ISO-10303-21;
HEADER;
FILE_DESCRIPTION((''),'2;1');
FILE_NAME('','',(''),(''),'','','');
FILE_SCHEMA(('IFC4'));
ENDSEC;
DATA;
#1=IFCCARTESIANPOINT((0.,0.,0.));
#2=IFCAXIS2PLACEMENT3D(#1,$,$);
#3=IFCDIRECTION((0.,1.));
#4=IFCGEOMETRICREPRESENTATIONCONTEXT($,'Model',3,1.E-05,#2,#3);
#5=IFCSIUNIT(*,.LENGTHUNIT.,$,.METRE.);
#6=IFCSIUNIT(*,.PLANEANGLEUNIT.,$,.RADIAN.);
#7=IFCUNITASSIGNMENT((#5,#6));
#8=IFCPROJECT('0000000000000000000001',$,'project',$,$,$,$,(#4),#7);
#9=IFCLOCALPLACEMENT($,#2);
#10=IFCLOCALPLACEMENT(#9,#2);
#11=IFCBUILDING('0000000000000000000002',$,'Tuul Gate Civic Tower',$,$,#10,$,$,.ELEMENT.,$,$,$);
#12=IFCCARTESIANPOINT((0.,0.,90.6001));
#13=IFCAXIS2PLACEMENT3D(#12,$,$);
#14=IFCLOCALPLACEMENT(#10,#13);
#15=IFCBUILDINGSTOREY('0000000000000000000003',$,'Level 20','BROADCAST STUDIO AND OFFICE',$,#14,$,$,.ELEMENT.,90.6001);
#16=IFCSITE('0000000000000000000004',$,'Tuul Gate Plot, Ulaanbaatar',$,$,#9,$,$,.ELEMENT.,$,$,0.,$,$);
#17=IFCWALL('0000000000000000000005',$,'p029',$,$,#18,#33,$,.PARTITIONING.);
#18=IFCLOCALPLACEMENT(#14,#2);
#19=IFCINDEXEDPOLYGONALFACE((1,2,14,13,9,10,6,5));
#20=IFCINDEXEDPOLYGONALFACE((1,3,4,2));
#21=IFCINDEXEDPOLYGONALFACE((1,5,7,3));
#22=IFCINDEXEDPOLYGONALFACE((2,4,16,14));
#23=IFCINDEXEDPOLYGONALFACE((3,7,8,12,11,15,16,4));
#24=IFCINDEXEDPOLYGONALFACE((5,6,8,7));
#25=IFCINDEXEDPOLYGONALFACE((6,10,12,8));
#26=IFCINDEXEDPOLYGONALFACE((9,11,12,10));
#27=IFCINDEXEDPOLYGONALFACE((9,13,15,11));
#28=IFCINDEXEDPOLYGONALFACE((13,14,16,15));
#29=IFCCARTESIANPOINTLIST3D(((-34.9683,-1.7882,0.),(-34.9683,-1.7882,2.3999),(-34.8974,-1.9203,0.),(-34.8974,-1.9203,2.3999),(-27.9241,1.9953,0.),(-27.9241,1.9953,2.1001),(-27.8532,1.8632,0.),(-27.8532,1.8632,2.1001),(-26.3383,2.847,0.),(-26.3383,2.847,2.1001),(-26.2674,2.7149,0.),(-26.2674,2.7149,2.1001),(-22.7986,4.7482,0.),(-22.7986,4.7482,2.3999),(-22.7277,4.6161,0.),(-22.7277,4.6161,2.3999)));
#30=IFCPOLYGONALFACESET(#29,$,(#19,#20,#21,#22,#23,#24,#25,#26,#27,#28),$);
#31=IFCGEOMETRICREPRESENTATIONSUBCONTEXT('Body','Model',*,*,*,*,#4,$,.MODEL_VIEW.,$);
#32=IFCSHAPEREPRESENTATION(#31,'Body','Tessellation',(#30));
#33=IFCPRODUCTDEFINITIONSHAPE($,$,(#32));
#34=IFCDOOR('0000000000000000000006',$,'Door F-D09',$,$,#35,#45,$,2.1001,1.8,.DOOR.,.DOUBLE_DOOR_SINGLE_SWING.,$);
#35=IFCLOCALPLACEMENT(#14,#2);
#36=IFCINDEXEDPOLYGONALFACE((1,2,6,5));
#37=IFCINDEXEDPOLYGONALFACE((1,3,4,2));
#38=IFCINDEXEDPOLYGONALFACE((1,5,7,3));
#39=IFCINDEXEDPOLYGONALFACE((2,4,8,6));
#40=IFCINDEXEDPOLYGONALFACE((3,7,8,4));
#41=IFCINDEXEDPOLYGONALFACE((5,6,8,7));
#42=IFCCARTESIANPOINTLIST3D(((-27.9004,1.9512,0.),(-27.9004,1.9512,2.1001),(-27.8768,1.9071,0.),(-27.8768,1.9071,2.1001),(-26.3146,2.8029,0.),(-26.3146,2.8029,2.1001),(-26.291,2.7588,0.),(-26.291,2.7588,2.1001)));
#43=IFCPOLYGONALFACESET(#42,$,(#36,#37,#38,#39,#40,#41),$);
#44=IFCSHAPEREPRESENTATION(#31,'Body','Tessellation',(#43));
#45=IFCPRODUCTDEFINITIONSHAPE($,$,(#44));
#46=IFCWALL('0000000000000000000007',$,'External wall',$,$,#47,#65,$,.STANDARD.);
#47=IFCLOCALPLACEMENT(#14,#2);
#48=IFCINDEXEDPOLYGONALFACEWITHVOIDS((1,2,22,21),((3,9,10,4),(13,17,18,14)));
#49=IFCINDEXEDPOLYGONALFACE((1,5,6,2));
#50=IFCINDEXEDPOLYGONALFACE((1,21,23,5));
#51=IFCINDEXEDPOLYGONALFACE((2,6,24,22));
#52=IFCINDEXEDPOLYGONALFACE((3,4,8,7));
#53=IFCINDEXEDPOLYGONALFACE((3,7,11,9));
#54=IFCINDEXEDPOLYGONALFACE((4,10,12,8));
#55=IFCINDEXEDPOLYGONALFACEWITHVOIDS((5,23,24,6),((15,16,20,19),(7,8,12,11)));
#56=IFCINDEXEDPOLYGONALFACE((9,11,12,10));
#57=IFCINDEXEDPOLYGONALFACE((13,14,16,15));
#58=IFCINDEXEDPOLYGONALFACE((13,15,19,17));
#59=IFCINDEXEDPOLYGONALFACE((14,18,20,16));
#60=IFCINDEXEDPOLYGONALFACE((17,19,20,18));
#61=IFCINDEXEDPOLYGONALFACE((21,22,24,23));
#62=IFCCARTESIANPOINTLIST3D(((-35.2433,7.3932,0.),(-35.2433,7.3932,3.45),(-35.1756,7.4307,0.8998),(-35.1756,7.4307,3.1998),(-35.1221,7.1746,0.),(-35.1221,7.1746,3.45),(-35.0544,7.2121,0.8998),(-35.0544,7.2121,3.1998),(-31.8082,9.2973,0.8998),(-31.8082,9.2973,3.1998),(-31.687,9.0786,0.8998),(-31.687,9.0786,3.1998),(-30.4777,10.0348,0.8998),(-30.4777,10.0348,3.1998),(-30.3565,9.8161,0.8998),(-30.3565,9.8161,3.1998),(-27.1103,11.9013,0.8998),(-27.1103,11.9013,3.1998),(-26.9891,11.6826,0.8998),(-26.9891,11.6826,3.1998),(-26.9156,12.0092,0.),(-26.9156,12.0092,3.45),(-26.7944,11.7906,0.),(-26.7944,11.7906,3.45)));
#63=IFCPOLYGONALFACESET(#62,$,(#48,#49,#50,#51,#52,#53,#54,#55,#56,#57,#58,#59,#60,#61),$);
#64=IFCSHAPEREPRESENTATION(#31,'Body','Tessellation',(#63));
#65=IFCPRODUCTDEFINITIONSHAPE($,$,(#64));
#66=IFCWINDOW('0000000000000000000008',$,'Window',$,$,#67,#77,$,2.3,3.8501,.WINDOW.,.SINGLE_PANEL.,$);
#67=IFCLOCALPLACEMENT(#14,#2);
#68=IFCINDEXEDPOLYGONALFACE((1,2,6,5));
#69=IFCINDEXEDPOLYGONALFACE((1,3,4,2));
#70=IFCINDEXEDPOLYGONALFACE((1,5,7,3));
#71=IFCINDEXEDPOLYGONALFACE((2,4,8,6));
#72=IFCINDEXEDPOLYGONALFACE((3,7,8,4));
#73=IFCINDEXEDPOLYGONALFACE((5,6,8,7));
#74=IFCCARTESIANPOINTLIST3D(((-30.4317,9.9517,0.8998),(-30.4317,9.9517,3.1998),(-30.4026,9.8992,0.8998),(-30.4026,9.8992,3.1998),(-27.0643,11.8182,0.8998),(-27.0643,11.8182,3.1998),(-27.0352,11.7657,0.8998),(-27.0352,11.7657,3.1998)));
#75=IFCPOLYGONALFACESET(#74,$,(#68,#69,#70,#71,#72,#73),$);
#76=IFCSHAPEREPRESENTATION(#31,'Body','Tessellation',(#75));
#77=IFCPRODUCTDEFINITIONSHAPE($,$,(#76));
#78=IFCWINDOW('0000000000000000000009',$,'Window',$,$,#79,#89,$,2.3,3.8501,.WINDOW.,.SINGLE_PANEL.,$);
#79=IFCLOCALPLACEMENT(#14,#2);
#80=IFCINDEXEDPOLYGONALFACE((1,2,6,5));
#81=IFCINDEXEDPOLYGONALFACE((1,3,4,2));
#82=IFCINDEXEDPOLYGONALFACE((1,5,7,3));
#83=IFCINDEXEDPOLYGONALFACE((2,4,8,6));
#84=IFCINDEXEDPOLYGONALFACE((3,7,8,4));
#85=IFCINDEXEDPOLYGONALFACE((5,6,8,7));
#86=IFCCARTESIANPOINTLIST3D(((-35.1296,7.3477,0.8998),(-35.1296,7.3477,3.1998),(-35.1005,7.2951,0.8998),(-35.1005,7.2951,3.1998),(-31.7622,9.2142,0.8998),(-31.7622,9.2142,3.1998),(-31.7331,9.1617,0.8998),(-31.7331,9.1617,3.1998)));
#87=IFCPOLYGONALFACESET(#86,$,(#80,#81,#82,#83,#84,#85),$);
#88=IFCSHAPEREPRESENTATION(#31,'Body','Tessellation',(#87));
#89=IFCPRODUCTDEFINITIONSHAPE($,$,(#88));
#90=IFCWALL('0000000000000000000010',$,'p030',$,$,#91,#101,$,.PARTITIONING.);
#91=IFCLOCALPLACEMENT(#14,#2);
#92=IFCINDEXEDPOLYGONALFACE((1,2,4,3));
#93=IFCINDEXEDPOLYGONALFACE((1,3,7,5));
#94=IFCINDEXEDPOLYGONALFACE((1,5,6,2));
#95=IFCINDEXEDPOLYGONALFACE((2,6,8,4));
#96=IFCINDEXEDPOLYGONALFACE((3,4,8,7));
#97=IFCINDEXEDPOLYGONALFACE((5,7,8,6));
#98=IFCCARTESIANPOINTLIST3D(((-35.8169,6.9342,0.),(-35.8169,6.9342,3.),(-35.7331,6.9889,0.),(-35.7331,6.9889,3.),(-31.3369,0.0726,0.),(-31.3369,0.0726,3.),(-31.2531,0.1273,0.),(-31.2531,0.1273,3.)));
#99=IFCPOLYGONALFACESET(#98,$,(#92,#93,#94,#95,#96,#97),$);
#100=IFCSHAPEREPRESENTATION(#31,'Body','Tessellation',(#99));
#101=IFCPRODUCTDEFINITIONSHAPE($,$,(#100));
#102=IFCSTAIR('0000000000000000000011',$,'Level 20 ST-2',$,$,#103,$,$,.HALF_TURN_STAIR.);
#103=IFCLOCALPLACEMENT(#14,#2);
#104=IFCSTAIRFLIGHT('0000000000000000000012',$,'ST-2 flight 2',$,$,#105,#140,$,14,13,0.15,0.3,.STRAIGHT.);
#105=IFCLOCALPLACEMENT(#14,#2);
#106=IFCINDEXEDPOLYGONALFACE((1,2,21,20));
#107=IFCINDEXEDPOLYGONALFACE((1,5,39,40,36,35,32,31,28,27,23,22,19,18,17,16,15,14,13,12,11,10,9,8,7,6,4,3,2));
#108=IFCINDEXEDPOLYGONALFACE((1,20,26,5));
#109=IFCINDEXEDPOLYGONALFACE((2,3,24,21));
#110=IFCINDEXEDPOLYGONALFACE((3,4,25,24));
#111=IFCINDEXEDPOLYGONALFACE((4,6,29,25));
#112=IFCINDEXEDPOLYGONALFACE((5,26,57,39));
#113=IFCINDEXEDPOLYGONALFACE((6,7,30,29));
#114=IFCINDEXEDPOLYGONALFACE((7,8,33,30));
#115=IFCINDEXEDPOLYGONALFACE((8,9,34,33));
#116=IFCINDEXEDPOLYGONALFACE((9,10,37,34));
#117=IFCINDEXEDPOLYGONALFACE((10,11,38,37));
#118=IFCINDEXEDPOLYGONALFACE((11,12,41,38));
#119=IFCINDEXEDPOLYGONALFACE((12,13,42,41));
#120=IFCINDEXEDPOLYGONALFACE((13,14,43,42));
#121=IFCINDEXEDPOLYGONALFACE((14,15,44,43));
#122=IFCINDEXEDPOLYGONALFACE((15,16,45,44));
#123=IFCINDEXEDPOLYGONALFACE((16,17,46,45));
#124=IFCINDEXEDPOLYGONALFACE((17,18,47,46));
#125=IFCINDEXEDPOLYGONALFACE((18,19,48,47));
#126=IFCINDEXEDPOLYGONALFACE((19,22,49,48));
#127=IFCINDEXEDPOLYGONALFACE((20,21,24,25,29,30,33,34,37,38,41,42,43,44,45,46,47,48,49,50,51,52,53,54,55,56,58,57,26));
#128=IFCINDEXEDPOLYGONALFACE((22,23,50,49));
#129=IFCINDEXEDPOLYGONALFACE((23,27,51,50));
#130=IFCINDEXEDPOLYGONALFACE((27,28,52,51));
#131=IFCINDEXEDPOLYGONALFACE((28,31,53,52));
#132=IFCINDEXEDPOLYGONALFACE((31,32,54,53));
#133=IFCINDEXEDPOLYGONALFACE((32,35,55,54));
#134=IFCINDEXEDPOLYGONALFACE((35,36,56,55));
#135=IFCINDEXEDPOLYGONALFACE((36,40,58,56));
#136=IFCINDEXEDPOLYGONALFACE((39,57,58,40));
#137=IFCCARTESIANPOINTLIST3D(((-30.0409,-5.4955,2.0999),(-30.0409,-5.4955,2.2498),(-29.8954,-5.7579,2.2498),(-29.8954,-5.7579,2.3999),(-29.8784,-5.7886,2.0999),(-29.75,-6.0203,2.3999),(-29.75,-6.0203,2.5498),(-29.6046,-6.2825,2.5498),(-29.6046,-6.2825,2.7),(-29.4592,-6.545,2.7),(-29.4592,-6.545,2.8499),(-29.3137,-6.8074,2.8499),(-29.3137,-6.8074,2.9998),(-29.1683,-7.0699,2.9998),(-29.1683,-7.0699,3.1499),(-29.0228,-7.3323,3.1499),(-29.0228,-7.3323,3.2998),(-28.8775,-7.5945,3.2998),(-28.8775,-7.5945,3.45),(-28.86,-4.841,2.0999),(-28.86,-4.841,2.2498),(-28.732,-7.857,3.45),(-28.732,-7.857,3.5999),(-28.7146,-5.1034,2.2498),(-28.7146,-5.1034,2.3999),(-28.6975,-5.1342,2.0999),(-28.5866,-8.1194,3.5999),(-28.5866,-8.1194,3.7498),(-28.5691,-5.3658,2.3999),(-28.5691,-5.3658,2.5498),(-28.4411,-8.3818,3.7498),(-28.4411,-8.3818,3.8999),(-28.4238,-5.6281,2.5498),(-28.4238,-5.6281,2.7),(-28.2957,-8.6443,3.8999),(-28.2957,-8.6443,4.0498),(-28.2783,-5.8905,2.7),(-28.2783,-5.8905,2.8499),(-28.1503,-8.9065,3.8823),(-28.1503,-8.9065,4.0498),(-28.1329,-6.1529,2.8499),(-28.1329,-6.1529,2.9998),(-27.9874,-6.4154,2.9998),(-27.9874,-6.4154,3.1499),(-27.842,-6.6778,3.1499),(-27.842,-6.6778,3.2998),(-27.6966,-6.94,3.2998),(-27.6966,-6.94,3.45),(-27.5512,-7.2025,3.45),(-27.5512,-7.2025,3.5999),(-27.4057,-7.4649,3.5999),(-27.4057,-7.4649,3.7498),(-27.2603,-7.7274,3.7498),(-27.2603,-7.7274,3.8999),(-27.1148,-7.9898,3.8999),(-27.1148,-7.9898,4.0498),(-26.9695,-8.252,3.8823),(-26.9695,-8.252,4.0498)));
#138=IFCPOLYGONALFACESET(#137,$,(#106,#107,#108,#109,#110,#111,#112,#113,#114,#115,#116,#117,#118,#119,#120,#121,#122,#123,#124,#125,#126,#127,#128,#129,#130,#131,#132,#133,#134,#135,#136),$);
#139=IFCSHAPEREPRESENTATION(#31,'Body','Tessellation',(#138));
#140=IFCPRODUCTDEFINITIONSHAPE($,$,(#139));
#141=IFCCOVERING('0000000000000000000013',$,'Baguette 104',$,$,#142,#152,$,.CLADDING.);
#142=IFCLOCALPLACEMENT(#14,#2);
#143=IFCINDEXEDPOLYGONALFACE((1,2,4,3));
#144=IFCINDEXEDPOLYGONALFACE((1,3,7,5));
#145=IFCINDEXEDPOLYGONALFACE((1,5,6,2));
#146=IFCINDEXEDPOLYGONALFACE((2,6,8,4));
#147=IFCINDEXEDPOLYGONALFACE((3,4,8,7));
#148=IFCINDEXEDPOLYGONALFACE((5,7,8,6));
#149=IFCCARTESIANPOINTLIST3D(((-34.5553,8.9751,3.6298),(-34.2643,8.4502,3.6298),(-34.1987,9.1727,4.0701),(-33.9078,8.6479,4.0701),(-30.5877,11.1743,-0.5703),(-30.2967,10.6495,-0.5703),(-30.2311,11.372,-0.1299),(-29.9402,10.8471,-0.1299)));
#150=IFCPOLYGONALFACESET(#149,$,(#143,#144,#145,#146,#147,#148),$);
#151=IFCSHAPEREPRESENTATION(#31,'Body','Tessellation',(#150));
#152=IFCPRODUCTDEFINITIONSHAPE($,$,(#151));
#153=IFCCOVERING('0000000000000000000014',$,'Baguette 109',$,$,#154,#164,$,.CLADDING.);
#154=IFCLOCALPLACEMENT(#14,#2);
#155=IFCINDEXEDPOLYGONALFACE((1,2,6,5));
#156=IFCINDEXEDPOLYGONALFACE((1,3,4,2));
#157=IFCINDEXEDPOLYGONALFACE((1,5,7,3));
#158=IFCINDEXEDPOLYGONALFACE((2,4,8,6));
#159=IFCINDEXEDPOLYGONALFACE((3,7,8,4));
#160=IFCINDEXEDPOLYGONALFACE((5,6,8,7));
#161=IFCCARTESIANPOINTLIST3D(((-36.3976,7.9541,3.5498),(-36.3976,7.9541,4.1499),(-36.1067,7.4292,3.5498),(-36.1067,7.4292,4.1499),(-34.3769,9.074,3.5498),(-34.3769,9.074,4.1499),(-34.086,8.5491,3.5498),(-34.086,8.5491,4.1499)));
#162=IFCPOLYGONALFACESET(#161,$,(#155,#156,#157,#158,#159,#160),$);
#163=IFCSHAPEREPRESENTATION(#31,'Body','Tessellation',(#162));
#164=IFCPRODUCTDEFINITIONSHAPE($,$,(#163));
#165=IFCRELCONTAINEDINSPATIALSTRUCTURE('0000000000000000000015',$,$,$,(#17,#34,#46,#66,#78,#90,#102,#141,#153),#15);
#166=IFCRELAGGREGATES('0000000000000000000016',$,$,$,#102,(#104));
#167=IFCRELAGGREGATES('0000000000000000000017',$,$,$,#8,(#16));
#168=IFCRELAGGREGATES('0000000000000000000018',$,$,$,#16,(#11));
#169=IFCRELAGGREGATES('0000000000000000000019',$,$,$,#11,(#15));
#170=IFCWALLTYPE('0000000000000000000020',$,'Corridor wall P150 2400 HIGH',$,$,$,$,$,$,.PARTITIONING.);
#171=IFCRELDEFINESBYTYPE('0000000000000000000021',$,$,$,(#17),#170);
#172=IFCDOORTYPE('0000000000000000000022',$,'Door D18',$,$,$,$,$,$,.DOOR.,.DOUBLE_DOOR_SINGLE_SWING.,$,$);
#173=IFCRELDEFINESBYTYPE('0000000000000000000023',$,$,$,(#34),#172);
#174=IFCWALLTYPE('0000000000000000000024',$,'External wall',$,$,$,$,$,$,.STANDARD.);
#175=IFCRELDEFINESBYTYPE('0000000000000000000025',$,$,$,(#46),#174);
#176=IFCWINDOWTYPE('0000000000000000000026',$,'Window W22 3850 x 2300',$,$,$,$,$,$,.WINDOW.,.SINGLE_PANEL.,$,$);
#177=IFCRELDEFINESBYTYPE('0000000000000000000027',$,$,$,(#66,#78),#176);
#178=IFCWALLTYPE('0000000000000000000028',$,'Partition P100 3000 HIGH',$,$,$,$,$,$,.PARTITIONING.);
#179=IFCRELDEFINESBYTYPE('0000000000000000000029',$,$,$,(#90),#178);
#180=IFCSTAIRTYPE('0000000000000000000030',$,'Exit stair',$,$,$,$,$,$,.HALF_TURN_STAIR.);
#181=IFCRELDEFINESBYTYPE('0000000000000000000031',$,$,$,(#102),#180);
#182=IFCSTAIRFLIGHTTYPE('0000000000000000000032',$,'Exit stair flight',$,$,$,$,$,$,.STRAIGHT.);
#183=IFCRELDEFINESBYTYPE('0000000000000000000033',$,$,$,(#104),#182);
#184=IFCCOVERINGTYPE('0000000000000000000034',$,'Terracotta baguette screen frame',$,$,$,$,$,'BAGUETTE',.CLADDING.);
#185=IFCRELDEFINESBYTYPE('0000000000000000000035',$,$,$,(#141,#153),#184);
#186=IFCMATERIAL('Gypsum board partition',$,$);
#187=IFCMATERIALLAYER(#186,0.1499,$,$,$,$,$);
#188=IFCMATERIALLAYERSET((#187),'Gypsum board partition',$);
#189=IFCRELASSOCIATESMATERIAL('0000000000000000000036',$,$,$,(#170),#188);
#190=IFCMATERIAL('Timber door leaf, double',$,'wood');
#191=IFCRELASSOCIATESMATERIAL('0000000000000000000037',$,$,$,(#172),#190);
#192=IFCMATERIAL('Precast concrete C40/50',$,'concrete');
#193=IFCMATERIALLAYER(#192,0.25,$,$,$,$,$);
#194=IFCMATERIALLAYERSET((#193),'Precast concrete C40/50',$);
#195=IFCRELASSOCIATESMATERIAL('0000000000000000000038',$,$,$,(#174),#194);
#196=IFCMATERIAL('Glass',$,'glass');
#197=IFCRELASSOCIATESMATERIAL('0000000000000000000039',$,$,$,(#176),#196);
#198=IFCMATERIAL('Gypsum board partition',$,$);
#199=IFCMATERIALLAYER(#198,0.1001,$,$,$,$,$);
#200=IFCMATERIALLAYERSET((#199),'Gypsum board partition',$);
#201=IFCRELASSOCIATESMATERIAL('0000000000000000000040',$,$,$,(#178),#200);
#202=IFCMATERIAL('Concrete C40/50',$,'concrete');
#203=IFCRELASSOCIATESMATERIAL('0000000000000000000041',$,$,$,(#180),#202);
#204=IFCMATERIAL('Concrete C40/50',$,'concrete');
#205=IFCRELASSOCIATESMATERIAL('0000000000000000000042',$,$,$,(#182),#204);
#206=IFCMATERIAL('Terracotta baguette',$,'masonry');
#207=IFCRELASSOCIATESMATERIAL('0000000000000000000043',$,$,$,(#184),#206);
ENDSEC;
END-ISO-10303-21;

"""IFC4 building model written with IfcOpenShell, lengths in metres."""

from ifc_helpers import new_model, si_unit, direction, frame, frame_2d, origin, origin_2d, place, context, subcontext, project, spatial, polyline, rectangle, outline, extrude, material, layer, layer_set, material_profile, profile_set, type_object, element, fill, aggregate, save


model = new_model("IFC4")

# Units and contexts
model_context = context("Model", 3, precision=1e-05, world=origin(), true_north=direction((0.0, 1.0)))
body_context = subcontext(model_context, "Body", "Model", "MODEL_VIEW")
ifc_project = project(units=[si_unit("LENGTHUNIT", "METRE"), si_unit("PLANEANGLEUNIT", "RADIAN")], contexts=[model_context])

# Site, building, storey
site_placement = place(None, origin())
site = spatial("IfcSite", under=ifc_project, at=site_placement, Name="Tuul Gate Plot, Ulaanbaatar", CompositionType="ELEMENT", RefElevation=0.0)
building_placement = place(site_placement, origin())
building = spatial("IfcBuilding", under=site, at=building_placement, Name="Tuul Gate Civic Tower", CompositionType="ELEMENT")
storey_placement = place(building_placement, frame((0.0, 0.0, 90.6001)))
storey = spatial("IfcBuildingStorey", under=building, at=storey_placement, Name="Level 20", Description="BROADCAST STUDIO AND OFFICE", CompositionType="ELEMENT", Elevation=90.6001)

# Wall, opening, door
ifc_material_1 = material(Name="Gypsum board partition")
ifc_layer_1 = layer(ifc_material_1, 0.1499)
ifc_layer_set_1 = layer_set([ifc_layer_1], Name="Gypsum board partition")
wall_type_1 = type_object("IfcWallType", Name="Corridor wall P150 2400 HIGH", PredefinedType="PARTITIONING", material=ifc_layer_set_1)
wall_1_placement = place(storey_placement, frame((-34.9329, -1.8542, 0.0), z_axis=(0.0, 0.0, 1.0), x_axis=(0.88097, 0.473172, 0.0)))
wall_1 = element("IfcWall", 1, at=wall_1_placement, inside=storey, type_object=wall_type_1, Name="p029", PredefinedType="PARTITIONING", context=body_context, shape_type="SweptSolid", body=[
    extrude(rectangle(XDim=13.814, YDim=0.1499, at=frame_2d((6.907, 0.0))), origin(), (0.0, 0.0, 1.0), 2.3999),
])
opening_1_placement = place(wall_1_placement, frame((7.9961, 0.0, 0.0)))
opening_1 = element("IfcOpeningElement", 2, at=opening_1_placement, cuts=wall_1, PredefinedType="OPENING", context=body_context, shape_type="SweptSolid", body=[
    extrude(rectangle(XDim=1.8, YDim=2.1001, at=frame_2d((0.8999, 1.05))), frame((0.0, 0.085, 0.0), z_axis=(0.0, -1.0, 0.0), x_axis=(1.0, 0.0, 0.0)), (0.0, 0.0, 1.0), 0.1699),
])
ifc_material_2 = material(Name="Timber door leaf, double", Category="wood")
door_type_1 = type_object("IfcDoorType", Name="Door D18", OperationType="DOUBLE_DOOR_SINGLE_SWING", PredefinedType="DOOR", material=ifc_material_2)
door_1_placement = place(opening_1_placement, origin())
door_1 = element("IfcDoor", 3, at=door_1_placement, inside=storey, type_object=door_type_1, Name="Door F-D09", OperationType="DOUBLE_DOOR_SINGLE_SWING", OverallHeight=2.1001, OverallWidth=1.8, PredefinedType="DOOR", context=body_context, shape_type="SweptSolid", body=[
    extrude(rectangle(XDim=1.8, YDim=2.1001, at=frame_2d((0.8999, 1.05))), frame((0.0, 0.0249, 0.0), z_axis=(0.0, -1.0, 0.0), x_axis=(1.0, 0.0, 0.0)), (0.0, 0.0, 1.0), 0.05),
])
fill(opening_1, door_1)

# Wall, openings, windows
ifc_material_3 = material(Name="Precast concrete C40/50", Category="concrete")
ifc_layer_2 = layer(ifc_material_3, 0.25)
ifc_layer_set_2 = layer_set([ifc_layer_2], Name="Precast concrete C40/50")
wall_type_2 = type_object("IfcWallType", Name="External wall", PredefinedType="STANDARD", material=ifc_layer_set_2)
wall_2_placement = place(storey_placement, frame((-26.855, 11.8999, 0.0), z_axis=(0.0, 0.0, 1.0), x_axis=(-0.874625, -0.4848, 0.0)))
wall_2 = element("IfcWall", 4, at=wall_2_placement, inside=storey, type_object=wall_type_2, Name="External wall", PredefinedType="STANDARD", context=body_context, shape_type="SweptSolid", body=[
    extrude(rectangle(XDim=9.5215, YDim=0.25, at=frame_2d((4.7607, 0.0))), origin(), (0.0, 0.0, 1.0), 3.45),
])
opening_2_placement = place(wall_2_placement, frame((0.2227, 0.0, 0.8999)))
opening_2 = element("IfcOpeningElement", 5, at=opening_2_placement, cuts=wall_2, PredefinedType="OPENING", context=body_context, shape_type="SweptSolid", body=[
    extrude(rectangle(XDim=3.8501, YDim=2.3, at=frame_2d((1.925, 1.1499))), frame((0.0, 0.135, 0.0), z_axis=(0.0, -1.0, 0.0), x_axis=(1.0, 0.0, 0.0)), (0.0, 0.0, 1.0), 0.27),
])
opening_3_placement = place(wall_2_placement, frame((5.594, 0.0, 0.8999)))
opening_3 = element("IfcOpeningElement", 6, at=opening_3_placement, cuts=wall_2, PredefinedType="OPENING", context=body_context, shape_type="SweptSolid", body=[
    extrude(rectangle(XDim=3.8501, YDim=2.3, at=frame_2d((1.925, 1.1499))), frame((0.0, 0.135, 0.0), z_axis=(0.0, -1.0, 0.0), x_axis=(1.0, 0.0, 0.0)), (0.0, 0.0, 1.0), 0.27),
])
ifc_material_4 = material(Name="Glass", Category="glass")
window_type = type_object("IfcWindowType", Name="Window W22 3850 x 2300", PartitioningType="SINGLE_PANEL", PredefinedType="WINDOW", material=ifc_material_4)
window_1_placement = place(opening_2_placement, origin())
window_1 = element("IfcWindow", 7, at=window_1_placement, inside=storey, type_object=window_type, Name="Window", OverallHeight=2.3, OverallWidth=3.8501, PartitioningType="SINGLE_PANEL", PredefinedType="WINDOW", context=body_context, shape_type="SweptSolid", body=[
    extrude(rectangle(XDim=3.8501, YDim=2.3, at=frame_2d((1.925, 1.1499))), frame((0.0, 0.03, 0.0), z_axis=(0.0, -1.0, 0.0), x_axis=(1.0, 0.0, 0.0)), (0.0, 0.0, 1.0), 0.0601),
])
fill(opening_2, window_1)
window_2_placement = place(opening_3_placement, origin())
window_2 = element("IfcWindow", 8, at=window_2_placement, inside=storey, type_object=window_type, Name="Window", OverallHeight=2.3, OverallWidth=3.8501, PartitioningType="SINGLE_PANEL", PredefinedType="WINDOW", context=body_context, shape_type="SweptSolid", body=[
    extrude(rectangle(XDim=3.8501, YDim=2.3, at=frame_2d((1.925, 1.1499))), frame((0.0, 0.03, 0.0), z_axis=(0.0, -1.0, 0.0), x_axis=(1.0, 0.0, 0.0)), (0.0, 0.0, 1.0), 0.0601),
])
fill(opening_3, window_2)

# Wall
ifc_material_5 = material(Name="Gypsum board partition")
ifc_layer_3 = layer(ifc_material_5, 0.1001)
ifc_layer_set_3 = layer_set([ifc_layer_3], Name="Gypsum board partition")
wall_type_3 = type_object("IfcWallType", Name="Partition P100 3000 HIGH", PredefinedType="PARTITIONING", material=ifc_layer_set_3)
wall_3_placement = place(storey_placement, frame((-35.7749, 6.9614, 0.0), z_axis=(0.0, 0.0, 1.0), x_axis=(0.546699, -0.837329, 0.0)))
element("IfcWall", 9, at=wall_3_placement, inside=storey, type_object=wall_type_3, Name="p030", PredefinedType="PARTITIONING", context=body_context, shape_type="SweptSolid", body=[
    extrude(rectangle(XDim=8.1946, YDim=0.1001, at=frame_2d((4.0972, 0.0))), origin(), (0.0, 0.0, 1.0), 3.0),
])

# Stair, stair flight
ifc_material_6 = material(Name="Concrete C40/50", Category="concrete")
stair_type = type_object("IfcStairType", Name="Exit stair", PredefinedType="HALF_TURN_STAIR", material=ifc_material_6)
stair_placement = place(storey_placement, origin())
stair = element("IfcStair", 10, at=stair_placement, inside=storey, type_object=stair_type, Name="Level 20 ST-2", PredefinedType="HALF_TURN_STAIR")
ifc_material_7 = material(Name="Concrete C40/50", Category="concrete")
stair_flight_type = type_object("IfcStairFlightType", Name="Exit stair flight", PredefinedType="STRAIGHT", material=ifc_material_7)
stair_flight_placement = place(storey_placement, frame((-29.4504, -5.1682, 2.0999), z_axis=(0.0, 0.0, 1.0), x_axis=(0.484762, -0.874646, 0.0)))
stair_flight = element("IfcStairFlight", 11, at=stair_flight_placement, type_object=stair_flight_type, Name="ST-2 flight 2", NumberOfRisers=14, NumberOfTreads=13, PredefinedType="STRAIGHT", RiserHeight=0.15, TreadLength=0.3, context=body_context, shape_type="SweptSolid", body=[
    extrude(outline(polyline([(0.0, 0.0), (0.0, 0.1499), (0.3, 0.1499), (0.3, 0.3), (0.6001, 0.3), (0.6001, 0.45), (0.8999, 0.45), (0.8999, 0.6001), (1.2, 0.6001), (1.2, 0.75), (1.5, 0.75), (1.5, 0.8999), (1.8, 0.8999), (1.8, 1.05), (2.1001, 1.05), (2.1001, 1.2), (2.3999, 1.2), (2.3999, 1.3501), (2.7, 1.3501), (2.7, 1.5), (3.0, 1.5), (3.0, 1.6499), (3.3, 1.6499), (3.3, 1.8), (3.6001, 1.8), (3.6001, 1.95), (3.8999, 1.95), (3.8999, 2.1001), (3.8999, 1.7825), (0.3352, 0.0), (0.0, 0.0)])), frame((0.0, 0.675, 0.0), z_axis=(0.0, -1.0, 0.0), x_axis=(1.0, 0.0, 0.0)), (0.0, 0.0, 1.0), 1.3501),
])
aggregate(stair, [stair_flight])

# Coverings
ifc_material_8 = material(Name="Terracotta baguette", Category="masonry")
ifc_material_profile_1 = material_profile(ifc_material_8, rectangle(XDim=0.6001, YDim=0.6001, at=origin_2d()), Name="Terracotta baguette screen frame")
ifc_profile_set_1 = profile_set([ifc_material_profile_1], Name="Terracotta baguette")
covering_type = type_object("IfcCoveringType", Name="Terracotta baguette screen frame", ElementType="BAGUETTE", PredefinedType="CLADDING", material=ifc_profile_set_1)
covering_1_placement = place(storey_placement, frame((-30.2639, 11.0107, -0.3501), z_axis=(-0.641785, -0.355744, 0.679381), x_axis=(0.484806, -0.874621, 0.0)))
element("IfcCovering", 12, at=covering_1_placement, inside=storey, type_object=covering_type, Name="Baguette 104", PredefinedType="CLADDING", context=body_context, shape_type="SweptSolid", body=[
    extrude(rectangle(XDim=0.6001, YDim=0.6001, at=origin_2d()), origin(), (0.0, 0.0, 1.0), 6.1821),
])
covering_2_placement = place(storey_placement, frame((-34.2314, 8.8115, 3.8499), z_axis=(-0.874665, -0.484727, 0.0), x_axis=(0.484727, -0.874665, 0.0)))
element("IfcCovering", 13, at=covering_2_placement, inside=storey, type_object=covering_type, Name="Baguette 109", PredefinedType="CLADDING", context=body_context, shape_type="SweptSolid", body=[
    extrude(rectangle(XDim=0.6001, YDim=0.6001, at=origin_2d()), origin(), (0.0, 0.0, 1.0), 2.3103),
])

save(model, "model.ifc")
